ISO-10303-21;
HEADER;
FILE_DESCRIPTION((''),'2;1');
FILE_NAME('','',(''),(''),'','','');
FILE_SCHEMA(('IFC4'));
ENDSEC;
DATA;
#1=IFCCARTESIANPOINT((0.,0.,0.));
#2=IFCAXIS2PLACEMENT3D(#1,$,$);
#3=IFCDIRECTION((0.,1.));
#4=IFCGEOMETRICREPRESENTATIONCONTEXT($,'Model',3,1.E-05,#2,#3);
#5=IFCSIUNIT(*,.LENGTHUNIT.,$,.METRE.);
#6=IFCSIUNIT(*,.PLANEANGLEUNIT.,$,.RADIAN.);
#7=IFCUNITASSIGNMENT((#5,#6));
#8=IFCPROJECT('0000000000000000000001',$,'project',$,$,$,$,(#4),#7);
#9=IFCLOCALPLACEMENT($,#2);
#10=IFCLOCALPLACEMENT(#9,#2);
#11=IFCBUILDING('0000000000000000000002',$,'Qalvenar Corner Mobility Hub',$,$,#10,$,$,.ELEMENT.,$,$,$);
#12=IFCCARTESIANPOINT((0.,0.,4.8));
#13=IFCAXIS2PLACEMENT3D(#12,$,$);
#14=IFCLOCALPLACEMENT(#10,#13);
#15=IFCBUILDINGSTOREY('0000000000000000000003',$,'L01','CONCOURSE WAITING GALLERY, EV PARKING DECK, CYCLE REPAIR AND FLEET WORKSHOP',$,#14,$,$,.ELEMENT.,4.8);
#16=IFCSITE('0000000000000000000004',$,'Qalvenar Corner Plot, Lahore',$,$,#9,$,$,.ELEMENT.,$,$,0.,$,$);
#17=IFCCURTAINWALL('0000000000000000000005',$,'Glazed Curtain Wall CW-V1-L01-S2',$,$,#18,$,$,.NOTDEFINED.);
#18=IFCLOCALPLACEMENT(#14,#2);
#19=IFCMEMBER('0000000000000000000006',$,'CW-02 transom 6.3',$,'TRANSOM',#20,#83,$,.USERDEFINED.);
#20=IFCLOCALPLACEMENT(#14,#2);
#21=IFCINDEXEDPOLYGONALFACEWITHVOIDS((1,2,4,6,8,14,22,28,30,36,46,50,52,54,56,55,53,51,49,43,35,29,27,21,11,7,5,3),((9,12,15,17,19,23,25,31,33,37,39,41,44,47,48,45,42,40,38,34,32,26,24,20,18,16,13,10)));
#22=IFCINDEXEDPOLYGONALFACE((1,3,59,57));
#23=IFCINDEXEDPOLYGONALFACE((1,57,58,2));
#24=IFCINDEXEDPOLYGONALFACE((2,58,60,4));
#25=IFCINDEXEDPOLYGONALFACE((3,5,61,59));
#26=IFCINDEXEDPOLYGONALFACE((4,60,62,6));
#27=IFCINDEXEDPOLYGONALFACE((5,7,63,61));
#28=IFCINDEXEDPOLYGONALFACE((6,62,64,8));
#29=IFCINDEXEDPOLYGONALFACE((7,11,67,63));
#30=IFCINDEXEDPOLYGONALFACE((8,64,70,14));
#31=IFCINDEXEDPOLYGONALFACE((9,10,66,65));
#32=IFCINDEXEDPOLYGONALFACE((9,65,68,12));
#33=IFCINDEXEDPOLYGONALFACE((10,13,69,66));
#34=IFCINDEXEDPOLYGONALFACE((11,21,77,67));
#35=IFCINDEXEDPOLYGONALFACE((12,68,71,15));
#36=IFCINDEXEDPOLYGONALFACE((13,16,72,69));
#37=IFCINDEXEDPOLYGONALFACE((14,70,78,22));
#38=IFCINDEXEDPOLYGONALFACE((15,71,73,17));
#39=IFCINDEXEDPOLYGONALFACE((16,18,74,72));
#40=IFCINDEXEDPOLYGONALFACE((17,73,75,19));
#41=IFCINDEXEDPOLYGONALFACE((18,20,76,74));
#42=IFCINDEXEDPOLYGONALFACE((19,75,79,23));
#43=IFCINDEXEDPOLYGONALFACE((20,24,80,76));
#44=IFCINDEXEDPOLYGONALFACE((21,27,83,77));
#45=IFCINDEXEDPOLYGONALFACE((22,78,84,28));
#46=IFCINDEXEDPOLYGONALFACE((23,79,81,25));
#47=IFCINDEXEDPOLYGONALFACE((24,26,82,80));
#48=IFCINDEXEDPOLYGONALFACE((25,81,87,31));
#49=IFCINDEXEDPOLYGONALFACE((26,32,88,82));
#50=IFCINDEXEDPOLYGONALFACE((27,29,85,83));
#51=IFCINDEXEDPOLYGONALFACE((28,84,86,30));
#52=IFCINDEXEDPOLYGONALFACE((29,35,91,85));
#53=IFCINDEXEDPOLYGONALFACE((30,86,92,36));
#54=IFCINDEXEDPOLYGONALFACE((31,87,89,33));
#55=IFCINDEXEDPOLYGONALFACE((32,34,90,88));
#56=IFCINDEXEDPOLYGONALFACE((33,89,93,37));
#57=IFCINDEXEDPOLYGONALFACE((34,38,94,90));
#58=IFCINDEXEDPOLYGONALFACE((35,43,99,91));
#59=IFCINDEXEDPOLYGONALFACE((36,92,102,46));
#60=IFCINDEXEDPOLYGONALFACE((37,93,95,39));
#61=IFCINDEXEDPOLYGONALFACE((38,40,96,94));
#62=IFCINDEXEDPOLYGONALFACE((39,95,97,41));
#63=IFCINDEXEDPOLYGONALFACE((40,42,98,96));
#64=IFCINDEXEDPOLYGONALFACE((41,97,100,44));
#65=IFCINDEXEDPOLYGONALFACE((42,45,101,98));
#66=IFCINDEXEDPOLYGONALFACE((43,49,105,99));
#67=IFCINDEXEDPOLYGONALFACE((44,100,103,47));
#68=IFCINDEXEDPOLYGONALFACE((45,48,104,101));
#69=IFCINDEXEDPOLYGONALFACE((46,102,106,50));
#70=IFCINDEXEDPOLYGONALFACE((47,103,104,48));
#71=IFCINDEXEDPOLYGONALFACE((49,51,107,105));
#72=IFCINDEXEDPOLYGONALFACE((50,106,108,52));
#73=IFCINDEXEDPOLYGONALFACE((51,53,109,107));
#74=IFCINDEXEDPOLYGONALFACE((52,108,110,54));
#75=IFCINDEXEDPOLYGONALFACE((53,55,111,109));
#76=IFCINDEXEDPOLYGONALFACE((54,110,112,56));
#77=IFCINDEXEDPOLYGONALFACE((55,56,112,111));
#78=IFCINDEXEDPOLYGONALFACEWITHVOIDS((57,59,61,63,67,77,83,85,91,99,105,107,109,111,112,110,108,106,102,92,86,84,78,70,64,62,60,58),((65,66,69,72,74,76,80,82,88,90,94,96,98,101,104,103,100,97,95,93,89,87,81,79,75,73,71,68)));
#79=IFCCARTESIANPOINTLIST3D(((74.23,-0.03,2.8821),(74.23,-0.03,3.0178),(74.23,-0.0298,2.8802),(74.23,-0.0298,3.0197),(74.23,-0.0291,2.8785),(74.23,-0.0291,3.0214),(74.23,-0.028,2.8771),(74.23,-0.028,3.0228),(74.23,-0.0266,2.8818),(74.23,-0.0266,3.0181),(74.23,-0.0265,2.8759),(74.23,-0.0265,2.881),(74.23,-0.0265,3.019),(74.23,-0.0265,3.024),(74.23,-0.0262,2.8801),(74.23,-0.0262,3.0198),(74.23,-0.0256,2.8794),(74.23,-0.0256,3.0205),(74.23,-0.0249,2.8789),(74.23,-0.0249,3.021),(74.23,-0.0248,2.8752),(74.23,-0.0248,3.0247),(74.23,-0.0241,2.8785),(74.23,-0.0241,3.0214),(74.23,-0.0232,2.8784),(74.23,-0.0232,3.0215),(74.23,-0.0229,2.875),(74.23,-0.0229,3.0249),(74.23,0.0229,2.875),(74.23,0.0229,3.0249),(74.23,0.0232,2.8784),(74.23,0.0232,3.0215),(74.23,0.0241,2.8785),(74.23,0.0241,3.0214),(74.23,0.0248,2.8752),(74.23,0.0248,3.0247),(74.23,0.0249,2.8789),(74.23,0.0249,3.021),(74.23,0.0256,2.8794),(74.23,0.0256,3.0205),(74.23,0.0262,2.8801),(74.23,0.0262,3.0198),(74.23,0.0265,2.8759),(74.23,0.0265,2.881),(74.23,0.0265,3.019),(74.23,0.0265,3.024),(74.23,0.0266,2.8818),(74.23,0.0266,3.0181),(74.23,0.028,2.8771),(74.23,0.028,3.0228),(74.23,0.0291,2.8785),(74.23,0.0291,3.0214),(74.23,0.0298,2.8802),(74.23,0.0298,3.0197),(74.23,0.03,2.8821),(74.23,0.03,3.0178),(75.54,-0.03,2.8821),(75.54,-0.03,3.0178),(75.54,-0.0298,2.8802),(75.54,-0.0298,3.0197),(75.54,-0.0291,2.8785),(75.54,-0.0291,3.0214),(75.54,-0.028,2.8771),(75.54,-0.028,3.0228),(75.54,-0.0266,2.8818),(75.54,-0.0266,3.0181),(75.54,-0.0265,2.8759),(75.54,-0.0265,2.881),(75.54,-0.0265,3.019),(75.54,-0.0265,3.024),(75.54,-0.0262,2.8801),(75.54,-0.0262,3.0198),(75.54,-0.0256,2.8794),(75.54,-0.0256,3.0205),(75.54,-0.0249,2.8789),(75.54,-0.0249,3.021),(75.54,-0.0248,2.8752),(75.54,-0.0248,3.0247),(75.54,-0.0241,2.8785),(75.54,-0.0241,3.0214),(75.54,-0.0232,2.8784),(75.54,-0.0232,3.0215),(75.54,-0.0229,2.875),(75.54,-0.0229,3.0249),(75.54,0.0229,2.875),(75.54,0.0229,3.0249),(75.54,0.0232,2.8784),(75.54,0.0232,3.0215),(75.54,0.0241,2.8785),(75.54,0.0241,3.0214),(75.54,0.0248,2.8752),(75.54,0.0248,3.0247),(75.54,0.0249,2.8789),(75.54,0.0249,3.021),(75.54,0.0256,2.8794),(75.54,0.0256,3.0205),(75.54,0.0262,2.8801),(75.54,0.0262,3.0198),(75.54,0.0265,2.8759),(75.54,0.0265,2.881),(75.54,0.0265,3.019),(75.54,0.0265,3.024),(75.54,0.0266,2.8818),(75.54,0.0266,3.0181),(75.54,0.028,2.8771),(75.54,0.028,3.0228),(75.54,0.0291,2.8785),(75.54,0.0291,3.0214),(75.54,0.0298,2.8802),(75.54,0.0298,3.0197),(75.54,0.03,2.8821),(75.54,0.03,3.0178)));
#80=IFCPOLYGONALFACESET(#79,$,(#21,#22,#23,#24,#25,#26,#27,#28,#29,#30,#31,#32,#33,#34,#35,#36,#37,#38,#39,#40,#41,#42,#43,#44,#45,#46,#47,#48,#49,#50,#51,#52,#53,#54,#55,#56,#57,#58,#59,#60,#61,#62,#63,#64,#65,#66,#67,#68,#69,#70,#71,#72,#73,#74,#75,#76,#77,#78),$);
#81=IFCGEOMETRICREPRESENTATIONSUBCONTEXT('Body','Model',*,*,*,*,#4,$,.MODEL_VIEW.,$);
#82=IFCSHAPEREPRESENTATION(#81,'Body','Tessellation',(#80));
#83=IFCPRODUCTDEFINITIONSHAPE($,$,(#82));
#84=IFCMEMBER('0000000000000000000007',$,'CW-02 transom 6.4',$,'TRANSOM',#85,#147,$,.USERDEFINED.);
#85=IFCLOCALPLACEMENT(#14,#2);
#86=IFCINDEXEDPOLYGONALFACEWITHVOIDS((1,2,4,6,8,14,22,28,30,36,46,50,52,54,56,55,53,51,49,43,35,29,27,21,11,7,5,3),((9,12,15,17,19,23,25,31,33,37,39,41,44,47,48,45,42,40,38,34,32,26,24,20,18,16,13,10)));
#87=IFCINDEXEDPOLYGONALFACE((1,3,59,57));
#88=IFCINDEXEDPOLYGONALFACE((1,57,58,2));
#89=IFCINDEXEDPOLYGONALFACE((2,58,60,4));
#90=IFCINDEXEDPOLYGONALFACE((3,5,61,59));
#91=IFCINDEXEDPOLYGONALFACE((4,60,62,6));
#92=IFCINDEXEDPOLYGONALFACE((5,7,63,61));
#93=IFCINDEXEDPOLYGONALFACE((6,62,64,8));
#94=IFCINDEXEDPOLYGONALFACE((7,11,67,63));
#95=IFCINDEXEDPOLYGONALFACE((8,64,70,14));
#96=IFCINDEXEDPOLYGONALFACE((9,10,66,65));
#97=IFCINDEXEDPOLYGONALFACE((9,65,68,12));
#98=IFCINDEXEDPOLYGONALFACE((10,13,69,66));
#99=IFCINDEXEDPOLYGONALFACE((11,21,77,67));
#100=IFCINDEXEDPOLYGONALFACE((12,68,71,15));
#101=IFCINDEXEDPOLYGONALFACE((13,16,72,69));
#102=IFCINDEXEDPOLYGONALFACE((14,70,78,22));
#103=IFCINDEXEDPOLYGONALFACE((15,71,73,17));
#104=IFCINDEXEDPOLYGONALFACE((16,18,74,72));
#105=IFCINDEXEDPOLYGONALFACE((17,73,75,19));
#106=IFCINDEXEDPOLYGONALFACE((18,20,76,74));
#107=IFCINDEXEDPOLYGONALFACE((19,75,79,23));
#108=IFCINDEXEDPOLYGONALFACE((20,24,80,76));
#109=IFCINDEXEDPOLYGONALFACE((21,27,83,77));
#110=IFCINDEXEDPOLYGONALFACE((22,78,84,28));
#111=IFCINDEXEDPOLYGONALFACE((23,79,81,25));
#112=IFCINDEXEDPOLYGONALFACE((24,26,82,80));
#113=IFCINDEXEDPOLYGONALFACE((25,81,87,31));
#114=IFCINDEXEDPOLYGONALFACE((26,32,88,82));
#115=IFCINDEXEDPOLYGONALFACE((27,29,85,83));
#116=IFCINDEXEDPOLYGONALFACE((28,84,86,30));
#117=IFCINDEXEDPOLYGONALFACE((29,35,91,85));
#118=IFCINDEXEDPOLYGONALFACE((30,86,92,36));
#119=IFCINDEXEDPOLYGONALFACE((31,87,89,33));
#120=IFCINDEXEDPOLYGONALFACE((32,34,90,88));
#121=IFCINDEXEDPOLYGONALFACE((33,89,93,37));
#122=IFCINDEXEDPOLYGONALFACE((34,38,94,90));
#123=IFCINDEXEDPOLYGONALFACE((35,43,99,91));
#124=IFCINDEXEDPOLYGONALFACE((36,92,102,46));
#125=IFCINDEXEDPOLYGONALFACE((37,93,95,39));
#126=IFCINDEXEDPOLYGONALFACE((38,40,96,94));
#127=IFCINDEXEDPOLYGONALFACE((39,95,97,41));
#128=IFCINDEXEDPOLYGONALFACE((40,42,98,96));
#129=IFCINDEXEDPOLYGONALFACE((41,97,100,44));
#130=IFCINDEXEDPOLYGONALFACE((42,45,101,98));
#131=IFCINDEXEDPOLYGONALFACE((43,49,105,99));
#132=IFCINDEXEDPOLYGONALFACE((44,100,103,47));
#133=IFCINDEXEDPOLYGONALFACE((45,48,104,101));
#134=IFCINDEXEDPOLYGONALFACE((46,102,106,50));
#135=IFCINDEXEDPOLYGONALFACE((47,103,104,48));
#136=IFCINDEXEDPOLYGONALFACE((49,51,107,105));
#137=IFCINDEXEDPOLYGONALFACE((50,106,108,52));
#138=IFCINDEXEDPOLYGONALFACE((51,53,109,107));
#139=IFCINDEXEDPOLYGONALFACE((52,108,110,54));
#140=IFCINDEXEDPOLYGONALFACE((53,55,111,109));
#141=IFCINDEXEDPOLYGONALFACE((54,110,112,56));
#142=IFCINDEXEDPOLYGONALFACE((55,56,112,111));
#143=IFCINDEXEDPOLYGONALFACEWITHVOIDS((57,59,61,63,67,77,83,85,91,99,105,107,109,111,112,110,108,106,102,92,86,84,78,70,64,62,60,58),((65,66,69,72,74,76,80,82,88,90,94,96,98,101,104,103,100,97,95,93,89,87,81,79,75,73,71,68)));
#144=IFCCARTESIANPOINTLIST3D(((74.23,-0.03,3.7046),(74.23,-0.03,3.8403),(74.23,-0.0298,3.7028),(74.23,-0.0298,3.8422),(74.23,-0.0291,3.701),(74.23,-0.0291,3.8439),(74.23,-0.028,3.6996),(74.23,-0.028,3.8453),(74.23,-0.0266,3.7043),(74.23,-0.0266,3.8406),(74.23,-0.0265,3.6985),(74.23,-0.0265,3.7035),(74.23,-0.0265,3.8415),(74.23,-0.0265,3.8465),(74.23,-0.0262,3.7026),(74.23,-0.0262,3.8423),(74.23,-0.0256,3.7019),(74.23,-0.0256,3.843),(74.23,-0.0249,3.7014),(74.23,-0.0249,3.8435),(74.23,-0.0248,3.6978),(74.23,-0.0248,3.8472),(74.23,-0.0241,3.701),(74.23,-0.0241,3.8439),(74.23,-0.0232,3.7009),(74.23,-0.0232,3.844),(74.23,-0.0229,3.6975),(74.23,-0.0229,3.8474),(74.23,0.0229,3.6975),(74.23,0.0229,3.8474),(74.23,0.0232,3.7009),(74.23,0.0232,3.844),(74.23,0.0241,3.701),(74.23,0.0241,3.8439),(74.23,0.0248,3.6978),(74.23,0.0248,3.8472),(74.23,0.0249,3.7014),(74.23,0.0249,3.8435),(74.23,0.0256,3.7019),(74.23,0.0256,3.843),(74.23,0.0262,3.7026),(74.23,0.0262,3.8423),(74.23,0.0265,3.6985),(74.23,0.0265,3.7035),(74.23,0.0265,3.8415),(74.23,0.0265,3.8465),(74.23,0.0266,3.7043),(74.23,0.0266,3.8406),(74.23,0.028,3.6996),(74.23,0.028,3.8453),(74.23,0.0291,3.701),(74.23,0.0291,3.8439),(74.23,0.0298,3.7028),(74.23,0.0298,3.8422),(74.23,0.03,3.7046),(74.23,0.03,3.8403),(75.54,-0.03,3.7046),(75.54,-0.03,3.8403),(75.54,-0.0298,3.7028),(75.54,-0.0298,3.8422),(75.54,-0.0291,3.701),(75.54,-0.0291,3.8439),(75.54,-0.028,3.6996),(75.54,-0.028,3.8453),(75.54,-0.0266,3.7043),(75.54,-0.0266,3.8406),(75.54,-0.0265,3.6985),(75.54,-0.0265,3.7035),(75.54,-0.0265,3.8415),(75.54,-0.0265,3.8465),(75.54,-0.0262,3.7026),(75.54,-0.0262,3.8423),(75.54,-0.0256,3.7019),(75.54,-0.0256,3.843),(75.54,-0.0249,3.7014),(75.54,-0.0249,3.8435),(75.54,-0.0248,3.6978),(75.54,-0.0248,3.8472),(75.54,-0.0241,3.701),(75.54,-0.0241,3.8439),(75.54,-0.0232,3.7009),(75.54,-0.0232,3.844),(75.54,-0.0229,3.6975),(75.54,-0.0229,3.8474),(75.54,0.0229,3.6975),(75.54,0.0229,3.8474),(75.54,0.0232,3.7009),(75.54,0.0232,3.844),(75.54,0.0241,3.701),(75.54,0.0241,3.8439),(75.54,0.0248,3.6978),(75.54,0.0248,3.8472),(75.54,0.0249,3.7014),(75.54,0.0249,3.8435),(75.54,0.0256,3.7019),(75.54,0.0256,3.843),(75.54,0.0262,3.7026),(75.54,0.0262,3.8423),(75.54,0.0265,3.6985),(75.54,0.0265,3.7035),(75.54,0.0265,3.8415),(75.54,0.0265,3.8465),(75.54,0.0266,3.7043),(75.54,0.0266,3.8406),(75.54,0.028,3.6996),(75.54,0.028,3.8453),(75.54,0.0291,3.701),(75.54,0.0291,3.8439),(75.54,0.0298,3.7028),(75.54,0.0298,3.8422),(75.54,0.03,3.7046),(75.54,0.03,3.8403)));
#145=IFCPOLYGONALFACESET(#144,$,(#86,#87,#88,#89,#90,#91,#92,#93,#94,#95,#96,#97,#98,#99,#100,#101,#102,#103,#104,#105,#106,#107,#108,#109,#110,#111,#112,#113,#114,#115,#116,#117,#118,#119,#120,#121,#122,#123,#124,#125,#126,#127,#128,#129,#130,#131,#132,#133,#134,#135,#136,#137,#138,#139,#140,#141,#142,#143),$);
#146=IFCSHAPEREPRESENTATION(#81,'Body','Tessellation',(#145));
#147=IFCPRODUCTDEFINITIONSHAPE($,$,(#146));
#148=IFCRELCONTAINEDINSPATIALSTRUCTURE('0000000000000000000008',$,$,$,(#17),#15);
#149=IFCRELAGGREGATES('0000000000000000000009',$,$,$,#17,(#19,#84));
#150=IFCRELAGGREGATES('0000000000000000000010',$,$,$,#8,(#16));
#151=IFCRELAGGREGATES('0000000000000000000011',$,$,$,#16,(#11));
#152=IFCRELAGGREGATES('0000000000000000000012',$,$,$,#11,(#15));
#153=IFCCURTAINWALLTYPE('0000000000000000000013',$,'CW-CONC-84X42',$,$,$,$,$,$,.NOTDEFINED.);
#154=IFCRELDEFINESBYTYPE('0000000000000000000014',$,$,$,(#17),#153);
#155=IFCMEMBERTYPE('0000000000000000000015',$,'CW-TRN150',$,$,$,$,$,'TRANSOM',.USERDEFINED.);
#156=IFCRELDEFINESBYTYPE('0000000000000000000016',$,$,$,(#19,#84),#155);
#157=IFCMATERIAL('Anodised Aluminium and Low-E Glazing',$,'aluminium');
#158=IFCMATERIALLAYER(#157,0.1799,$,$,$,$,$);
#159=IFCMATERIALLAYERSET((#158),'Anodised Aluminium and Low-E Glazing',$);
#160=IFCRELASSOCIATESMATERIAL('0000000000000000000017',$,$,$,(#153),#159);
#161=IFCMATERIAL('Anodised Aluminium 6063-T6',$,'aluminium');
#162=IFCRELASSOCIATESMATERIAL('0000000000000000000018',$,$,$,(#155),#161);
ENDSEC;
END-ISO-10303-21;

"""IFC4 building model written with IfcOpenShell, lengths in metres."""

from ifc_helpers import new_model, si_unit, direction, frame, origin, origin_2d, place, context, subcontext, project, spatial, hollow_rectangle, extrude, material, layer, layer_set, material_profile, profile_set, type_object, element, aggregate, save


model = new_model("IFC4")

# Units and contexts
model_context = context("Model", 3, precision=1e-05, world=origin(), true_north=direction((0.0, 1.0)))
body_context = subcontext(model_context, "Body", "Model", "MODEL_VIEW")
ifc_project = project(units=[si_unit("LENGTHUNIT", "METRE"), si_unit("PLANEANGLEUNIT", "RADIAN")], contexts=[model_context])

# Site, building, storey
site_placement = place(None, origin())
site = spatial("IfcSite", under=ifc_project, at=site_placement, Name="Qalvenar Corner Plot, Lahore", CompositionType="ELEMENT", RefElevation=0.0)
building_placement = place(site_placement, origin())
building = spatial("IfcBuilding", under=site, at=building_placement, Name="Qalvenar Corner Mobility Hub", CompositionType="ELEMENT")
storey_placement = place(building_placement, frame((0.0, 0.0, 4.8)))
storey = spatial("IfcBuildingStorey", under=building, at=storey_placement, Name="L01", Description="CONCOURSE WAITING GALLERY, EV PARKING DECK, CYCLE REPAIR AND FLEET WORKSHOP", CompositionType="ELEMENT", Elevation=4.8)

# Shared definitions
ifc_material_1 = material(Name="Anodised Aluminium and Low-E Glazing", Category="aluminium")
ifc_layer_1 = layer(ifc_material_1, 0.1799)
ifc_layer_set_1 = layer_set([ifc_layer_1], Name="Anodised Aluminium and Low-E Glazing")
curtain_wall_type = type_object("IfcCurtainWallType", Name="CW-CONC-84X42", PredefinedType="NOTDEFINED", material=ifc_layer_set_1)
ifc_material_2 = material(Name="Anodised Aluminium 6063-T6", Category="aluminium")

# Curtain wall
curtain_wall_1_placement = place(storey_placement, origin())
curtain_wall_1 = element("IfcCurtainWall", 1, at=curtain_wall_1_placement, inside=storey, type_object=curtain_wall_type, Name="Glazed Curtain Wall CW-V1-L01-S2", PredefinedType="NOTDEFINED")

# Members
ifc_material_profile_1 = material_profile(ifc_material_2, hollow_rectangle(XDim=0.0601, YDim=0.1499, WallThickness=0.0034, InnerFilletRadius=0.0034, OuterFilletRadius=0.0071, at=origin_2d()), Name="RHS150x60x3.5")
ifc_profile_set_1 = profile_set([ifc_material_profile_1], Name="Anodised Aluminium 6063-T6")
member_type_1 = type_object("IfcMemberType", Name="CW-TRN150", ElementType="TRANSOM", PredefinedType="USERDEFINED", material=ifc_profile_set_1)
member_1_placement = place(storey_placement, frame((74.23, 0.0, 2.95), z_axis=(1.0, 0.0, 0.0), x_axis=(0.0, 1.0, 0.0)))
member_1 = element("IfcMember", 2, at=member_1_placement, type_object=member_type_1, Name="CW-02 transom 6.3", ObjectType="TRANSOM", PredefinedType="USERDEFINED", context=body_context, shape_type="SweptSolid", body=[
    extrude(hollow_rectangle(XDim=0.0601, YDim=0.1499, WallThickness=0.0034, InnerFilletRadius=0.0034, OuterFilletRadius=0.0071, at=origin_2d()), origin(), (0.0, 0.0, 1.0), 1.3101),
])
member_2_placement = place(storey_placement, frame((74.23, 0.0, 3.7725), z_axis=(1.0, 0.0, 0.0), x_axis=(0.0, 1.0, 0.0)))
member_2 = element("IfcMember", 3, at=member_2_placement, type_object=member_type_1, Name="CW-02 transom 6.4", ObjectType="TRANSOM", PredefinedType="USERDEFINED", context=body_context, shape_type="SweptSolid", body=[
    extrude(hollow_rectangle(XDim=0.0601, YDim=0.1499, WallThickness=0.0034, InnerFilletRadius=0.0034, OuterFilletRadius=0.0071, at=origin_2d()), origin(), (0.0, 0.0, 1.0), 1.3101),
])

aggregate(curtain_wall_1, [member_1, member_2])

save(model, "model.ifc")
